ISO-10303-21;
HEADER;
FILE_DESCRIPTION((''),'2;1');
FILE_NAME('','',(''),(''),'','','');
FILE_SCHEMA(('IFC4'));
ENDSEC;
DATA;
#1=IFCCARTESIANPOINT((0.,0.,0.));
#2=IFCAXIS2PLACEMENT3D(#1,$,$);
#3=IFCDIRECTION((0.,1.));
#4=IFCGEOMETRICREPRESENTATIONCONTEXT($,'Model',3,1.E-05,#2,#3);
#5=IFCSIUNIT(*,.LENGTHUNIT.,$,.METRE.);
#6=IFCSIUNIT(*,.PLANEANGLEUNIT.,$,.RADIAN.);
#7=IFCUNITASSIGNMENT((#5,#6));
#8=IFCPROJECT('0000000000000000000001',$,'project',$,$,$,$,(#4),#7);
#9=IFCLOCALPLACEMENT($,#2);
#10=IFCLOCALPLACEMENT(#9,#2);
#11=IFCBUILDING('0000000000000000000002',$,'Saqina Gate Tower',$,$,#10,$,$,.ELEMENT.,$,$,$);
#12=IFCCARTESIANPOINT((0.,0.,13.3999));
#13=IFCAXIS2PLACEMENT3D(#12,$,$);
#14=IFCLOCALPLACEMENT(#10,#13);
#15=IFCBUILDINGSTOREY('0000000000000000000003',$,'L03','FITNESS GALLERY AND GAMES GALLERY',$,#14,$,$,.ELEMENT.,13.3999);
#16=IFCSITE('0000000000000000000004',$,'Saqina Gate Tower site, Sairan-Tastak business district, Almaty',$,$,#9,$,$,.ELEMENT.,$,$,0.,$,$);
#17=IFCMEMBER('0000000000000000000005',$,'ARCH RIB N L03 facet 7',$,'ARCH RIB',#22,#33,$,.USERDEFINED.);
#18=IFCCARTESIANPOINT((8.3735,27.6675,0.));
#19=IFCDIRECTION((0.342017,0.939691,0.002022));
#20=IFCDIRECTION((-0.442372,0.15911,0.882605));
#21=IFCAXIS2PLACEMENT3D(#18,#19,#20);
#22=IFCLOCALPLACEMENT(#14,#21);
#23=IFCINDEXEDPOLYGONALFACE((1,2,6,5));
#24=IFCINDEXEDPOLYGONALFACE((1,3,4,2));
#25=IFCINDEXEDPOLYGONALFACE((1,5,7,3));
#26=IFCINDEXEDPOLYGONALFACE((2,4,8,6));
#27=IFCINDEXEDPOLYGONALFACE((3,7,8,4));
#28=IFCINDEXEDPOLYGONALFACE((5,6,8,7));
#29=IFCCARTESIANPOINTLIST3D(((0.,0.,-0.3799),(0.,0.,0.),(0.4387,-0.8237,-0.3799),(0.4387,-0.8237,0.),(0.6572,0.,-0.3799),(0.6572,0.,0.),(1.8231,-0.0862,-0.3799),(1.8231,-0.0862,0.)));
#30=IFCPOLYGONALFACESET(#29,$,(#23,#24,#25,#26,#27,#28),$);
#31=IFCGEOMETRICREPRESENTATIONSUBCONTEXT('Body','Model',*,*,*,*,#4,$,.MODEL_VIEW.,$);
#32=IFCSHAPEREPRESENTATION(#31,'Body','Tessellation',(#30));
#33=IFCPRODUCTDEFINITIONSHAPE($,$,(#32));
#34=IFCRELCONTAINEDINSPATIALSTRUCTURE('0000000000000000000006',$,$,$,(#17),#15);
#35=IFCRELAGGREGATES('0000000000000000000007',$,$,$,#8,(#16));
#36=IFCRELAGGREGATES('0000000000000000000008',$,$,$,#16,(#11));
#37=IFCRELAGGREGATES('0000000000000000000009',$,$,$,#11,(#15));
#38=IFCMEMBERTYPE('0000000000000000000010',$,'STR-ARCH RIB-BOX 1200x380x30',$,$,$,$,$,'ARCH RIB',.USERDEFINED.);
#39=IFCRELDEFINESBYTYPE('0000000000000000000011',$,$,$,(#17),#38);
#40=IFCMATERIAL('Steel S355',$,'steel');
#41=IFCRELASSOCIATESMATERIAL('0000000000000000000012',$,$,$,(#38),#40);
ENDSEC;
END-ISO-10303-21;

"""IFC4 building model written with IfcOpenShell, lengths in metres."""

from ifc_helpers import new_model, si_unit, direction, frame, origin, origin_2d, place, context, subcontext, project, spatial, polyline, hollow_rectangle, outline, extrude, material, material_profile, profile_set, type_object, element, save


model = new_model("IFC4")

# Units and contexts
model_context = context("Model", 3, precision=1e-05, world=origin(), true_north=direction((0.0, 1.0)))
body_context = subcontext(model_context, "Body", "Model", "MODEL_VIEW")
ifc_project = project(units=[si_unit("LENGTHUNIT", "METRE"), si_unit("PLANEANGLEUNIT", "RADIAN")], contexts=[model_context])

# Site, building, storey
site_placement = place(None, origin())
site = spatial("IfcSite", under=ifc_project, at=site_placement, Name="Saqina Gate Tower site, Sairan-Tastak business district, Almaty", CompositionType="ELEMENT", RefElevation=0.0)
building_placement = place(site_placement, origin())
building = spatial("IfcBuilding", under=site, at=building_placement, Name="Saqina Gate Tower", CompositionType="ELEMENT")
storey_placement = place(building_placement, frame((0.0, 0.0, 13.3999)))
storey = spatial("IfcBuildingStorey", under=building, at=storey_placement, Name="L03", Description="FITNESS GALLERY AND GAMES GALLERY", CompositionType="ELEMENT", Elevation=13.3999)

# Member
ifc_material_1 = material(Name="Steel S355", Category="steel")
ifc_material_profile_1 = material_profile(ifc_material_1, hollow_rectangle(XDim=1.2, YDim=0.3799, WallThickness=0.03, at=origin_2d()), Name="BOX 1200x380x30")
ifc_profile_set_1 = profile_set([ifc_material_profile_1], Name="Steel S355")
member_type_1 = type_object("IfcMemberType", Name="STR-ARCH RIB-BOX 1200x380x30", ElementType="ARCH RIB", PredefinedType="USERDEFINED", material=ifc_profile_set_1)
member_1_placement = place(storey_placement, frame((8.3735, 27.6675, 0.0), z_axis=(0.342017, 0.939691, 0.002022), x_axis=(-0.442372, 0.15911, 0.882605)))
element("IfcMember", 1, at=member_1_placement, inside=storey, type_object=member_type_1, Name="ARCH RIB N L03 facet 7", ObjectType="ARCH RIB", PredefinedType="USERDEFINED", context=body_context, shape_type="SweptSolid", body=[
    extrude(outline(polyline([(0.0, 0.0), (0.6572, 0.0), (1.8231, -0.0862), (0.4387, -0.8237), (0.0, 0.0)])), origin(), (0.0, 0.0, -1.0), 0.3799),
])

save(model, "model.ifc")
